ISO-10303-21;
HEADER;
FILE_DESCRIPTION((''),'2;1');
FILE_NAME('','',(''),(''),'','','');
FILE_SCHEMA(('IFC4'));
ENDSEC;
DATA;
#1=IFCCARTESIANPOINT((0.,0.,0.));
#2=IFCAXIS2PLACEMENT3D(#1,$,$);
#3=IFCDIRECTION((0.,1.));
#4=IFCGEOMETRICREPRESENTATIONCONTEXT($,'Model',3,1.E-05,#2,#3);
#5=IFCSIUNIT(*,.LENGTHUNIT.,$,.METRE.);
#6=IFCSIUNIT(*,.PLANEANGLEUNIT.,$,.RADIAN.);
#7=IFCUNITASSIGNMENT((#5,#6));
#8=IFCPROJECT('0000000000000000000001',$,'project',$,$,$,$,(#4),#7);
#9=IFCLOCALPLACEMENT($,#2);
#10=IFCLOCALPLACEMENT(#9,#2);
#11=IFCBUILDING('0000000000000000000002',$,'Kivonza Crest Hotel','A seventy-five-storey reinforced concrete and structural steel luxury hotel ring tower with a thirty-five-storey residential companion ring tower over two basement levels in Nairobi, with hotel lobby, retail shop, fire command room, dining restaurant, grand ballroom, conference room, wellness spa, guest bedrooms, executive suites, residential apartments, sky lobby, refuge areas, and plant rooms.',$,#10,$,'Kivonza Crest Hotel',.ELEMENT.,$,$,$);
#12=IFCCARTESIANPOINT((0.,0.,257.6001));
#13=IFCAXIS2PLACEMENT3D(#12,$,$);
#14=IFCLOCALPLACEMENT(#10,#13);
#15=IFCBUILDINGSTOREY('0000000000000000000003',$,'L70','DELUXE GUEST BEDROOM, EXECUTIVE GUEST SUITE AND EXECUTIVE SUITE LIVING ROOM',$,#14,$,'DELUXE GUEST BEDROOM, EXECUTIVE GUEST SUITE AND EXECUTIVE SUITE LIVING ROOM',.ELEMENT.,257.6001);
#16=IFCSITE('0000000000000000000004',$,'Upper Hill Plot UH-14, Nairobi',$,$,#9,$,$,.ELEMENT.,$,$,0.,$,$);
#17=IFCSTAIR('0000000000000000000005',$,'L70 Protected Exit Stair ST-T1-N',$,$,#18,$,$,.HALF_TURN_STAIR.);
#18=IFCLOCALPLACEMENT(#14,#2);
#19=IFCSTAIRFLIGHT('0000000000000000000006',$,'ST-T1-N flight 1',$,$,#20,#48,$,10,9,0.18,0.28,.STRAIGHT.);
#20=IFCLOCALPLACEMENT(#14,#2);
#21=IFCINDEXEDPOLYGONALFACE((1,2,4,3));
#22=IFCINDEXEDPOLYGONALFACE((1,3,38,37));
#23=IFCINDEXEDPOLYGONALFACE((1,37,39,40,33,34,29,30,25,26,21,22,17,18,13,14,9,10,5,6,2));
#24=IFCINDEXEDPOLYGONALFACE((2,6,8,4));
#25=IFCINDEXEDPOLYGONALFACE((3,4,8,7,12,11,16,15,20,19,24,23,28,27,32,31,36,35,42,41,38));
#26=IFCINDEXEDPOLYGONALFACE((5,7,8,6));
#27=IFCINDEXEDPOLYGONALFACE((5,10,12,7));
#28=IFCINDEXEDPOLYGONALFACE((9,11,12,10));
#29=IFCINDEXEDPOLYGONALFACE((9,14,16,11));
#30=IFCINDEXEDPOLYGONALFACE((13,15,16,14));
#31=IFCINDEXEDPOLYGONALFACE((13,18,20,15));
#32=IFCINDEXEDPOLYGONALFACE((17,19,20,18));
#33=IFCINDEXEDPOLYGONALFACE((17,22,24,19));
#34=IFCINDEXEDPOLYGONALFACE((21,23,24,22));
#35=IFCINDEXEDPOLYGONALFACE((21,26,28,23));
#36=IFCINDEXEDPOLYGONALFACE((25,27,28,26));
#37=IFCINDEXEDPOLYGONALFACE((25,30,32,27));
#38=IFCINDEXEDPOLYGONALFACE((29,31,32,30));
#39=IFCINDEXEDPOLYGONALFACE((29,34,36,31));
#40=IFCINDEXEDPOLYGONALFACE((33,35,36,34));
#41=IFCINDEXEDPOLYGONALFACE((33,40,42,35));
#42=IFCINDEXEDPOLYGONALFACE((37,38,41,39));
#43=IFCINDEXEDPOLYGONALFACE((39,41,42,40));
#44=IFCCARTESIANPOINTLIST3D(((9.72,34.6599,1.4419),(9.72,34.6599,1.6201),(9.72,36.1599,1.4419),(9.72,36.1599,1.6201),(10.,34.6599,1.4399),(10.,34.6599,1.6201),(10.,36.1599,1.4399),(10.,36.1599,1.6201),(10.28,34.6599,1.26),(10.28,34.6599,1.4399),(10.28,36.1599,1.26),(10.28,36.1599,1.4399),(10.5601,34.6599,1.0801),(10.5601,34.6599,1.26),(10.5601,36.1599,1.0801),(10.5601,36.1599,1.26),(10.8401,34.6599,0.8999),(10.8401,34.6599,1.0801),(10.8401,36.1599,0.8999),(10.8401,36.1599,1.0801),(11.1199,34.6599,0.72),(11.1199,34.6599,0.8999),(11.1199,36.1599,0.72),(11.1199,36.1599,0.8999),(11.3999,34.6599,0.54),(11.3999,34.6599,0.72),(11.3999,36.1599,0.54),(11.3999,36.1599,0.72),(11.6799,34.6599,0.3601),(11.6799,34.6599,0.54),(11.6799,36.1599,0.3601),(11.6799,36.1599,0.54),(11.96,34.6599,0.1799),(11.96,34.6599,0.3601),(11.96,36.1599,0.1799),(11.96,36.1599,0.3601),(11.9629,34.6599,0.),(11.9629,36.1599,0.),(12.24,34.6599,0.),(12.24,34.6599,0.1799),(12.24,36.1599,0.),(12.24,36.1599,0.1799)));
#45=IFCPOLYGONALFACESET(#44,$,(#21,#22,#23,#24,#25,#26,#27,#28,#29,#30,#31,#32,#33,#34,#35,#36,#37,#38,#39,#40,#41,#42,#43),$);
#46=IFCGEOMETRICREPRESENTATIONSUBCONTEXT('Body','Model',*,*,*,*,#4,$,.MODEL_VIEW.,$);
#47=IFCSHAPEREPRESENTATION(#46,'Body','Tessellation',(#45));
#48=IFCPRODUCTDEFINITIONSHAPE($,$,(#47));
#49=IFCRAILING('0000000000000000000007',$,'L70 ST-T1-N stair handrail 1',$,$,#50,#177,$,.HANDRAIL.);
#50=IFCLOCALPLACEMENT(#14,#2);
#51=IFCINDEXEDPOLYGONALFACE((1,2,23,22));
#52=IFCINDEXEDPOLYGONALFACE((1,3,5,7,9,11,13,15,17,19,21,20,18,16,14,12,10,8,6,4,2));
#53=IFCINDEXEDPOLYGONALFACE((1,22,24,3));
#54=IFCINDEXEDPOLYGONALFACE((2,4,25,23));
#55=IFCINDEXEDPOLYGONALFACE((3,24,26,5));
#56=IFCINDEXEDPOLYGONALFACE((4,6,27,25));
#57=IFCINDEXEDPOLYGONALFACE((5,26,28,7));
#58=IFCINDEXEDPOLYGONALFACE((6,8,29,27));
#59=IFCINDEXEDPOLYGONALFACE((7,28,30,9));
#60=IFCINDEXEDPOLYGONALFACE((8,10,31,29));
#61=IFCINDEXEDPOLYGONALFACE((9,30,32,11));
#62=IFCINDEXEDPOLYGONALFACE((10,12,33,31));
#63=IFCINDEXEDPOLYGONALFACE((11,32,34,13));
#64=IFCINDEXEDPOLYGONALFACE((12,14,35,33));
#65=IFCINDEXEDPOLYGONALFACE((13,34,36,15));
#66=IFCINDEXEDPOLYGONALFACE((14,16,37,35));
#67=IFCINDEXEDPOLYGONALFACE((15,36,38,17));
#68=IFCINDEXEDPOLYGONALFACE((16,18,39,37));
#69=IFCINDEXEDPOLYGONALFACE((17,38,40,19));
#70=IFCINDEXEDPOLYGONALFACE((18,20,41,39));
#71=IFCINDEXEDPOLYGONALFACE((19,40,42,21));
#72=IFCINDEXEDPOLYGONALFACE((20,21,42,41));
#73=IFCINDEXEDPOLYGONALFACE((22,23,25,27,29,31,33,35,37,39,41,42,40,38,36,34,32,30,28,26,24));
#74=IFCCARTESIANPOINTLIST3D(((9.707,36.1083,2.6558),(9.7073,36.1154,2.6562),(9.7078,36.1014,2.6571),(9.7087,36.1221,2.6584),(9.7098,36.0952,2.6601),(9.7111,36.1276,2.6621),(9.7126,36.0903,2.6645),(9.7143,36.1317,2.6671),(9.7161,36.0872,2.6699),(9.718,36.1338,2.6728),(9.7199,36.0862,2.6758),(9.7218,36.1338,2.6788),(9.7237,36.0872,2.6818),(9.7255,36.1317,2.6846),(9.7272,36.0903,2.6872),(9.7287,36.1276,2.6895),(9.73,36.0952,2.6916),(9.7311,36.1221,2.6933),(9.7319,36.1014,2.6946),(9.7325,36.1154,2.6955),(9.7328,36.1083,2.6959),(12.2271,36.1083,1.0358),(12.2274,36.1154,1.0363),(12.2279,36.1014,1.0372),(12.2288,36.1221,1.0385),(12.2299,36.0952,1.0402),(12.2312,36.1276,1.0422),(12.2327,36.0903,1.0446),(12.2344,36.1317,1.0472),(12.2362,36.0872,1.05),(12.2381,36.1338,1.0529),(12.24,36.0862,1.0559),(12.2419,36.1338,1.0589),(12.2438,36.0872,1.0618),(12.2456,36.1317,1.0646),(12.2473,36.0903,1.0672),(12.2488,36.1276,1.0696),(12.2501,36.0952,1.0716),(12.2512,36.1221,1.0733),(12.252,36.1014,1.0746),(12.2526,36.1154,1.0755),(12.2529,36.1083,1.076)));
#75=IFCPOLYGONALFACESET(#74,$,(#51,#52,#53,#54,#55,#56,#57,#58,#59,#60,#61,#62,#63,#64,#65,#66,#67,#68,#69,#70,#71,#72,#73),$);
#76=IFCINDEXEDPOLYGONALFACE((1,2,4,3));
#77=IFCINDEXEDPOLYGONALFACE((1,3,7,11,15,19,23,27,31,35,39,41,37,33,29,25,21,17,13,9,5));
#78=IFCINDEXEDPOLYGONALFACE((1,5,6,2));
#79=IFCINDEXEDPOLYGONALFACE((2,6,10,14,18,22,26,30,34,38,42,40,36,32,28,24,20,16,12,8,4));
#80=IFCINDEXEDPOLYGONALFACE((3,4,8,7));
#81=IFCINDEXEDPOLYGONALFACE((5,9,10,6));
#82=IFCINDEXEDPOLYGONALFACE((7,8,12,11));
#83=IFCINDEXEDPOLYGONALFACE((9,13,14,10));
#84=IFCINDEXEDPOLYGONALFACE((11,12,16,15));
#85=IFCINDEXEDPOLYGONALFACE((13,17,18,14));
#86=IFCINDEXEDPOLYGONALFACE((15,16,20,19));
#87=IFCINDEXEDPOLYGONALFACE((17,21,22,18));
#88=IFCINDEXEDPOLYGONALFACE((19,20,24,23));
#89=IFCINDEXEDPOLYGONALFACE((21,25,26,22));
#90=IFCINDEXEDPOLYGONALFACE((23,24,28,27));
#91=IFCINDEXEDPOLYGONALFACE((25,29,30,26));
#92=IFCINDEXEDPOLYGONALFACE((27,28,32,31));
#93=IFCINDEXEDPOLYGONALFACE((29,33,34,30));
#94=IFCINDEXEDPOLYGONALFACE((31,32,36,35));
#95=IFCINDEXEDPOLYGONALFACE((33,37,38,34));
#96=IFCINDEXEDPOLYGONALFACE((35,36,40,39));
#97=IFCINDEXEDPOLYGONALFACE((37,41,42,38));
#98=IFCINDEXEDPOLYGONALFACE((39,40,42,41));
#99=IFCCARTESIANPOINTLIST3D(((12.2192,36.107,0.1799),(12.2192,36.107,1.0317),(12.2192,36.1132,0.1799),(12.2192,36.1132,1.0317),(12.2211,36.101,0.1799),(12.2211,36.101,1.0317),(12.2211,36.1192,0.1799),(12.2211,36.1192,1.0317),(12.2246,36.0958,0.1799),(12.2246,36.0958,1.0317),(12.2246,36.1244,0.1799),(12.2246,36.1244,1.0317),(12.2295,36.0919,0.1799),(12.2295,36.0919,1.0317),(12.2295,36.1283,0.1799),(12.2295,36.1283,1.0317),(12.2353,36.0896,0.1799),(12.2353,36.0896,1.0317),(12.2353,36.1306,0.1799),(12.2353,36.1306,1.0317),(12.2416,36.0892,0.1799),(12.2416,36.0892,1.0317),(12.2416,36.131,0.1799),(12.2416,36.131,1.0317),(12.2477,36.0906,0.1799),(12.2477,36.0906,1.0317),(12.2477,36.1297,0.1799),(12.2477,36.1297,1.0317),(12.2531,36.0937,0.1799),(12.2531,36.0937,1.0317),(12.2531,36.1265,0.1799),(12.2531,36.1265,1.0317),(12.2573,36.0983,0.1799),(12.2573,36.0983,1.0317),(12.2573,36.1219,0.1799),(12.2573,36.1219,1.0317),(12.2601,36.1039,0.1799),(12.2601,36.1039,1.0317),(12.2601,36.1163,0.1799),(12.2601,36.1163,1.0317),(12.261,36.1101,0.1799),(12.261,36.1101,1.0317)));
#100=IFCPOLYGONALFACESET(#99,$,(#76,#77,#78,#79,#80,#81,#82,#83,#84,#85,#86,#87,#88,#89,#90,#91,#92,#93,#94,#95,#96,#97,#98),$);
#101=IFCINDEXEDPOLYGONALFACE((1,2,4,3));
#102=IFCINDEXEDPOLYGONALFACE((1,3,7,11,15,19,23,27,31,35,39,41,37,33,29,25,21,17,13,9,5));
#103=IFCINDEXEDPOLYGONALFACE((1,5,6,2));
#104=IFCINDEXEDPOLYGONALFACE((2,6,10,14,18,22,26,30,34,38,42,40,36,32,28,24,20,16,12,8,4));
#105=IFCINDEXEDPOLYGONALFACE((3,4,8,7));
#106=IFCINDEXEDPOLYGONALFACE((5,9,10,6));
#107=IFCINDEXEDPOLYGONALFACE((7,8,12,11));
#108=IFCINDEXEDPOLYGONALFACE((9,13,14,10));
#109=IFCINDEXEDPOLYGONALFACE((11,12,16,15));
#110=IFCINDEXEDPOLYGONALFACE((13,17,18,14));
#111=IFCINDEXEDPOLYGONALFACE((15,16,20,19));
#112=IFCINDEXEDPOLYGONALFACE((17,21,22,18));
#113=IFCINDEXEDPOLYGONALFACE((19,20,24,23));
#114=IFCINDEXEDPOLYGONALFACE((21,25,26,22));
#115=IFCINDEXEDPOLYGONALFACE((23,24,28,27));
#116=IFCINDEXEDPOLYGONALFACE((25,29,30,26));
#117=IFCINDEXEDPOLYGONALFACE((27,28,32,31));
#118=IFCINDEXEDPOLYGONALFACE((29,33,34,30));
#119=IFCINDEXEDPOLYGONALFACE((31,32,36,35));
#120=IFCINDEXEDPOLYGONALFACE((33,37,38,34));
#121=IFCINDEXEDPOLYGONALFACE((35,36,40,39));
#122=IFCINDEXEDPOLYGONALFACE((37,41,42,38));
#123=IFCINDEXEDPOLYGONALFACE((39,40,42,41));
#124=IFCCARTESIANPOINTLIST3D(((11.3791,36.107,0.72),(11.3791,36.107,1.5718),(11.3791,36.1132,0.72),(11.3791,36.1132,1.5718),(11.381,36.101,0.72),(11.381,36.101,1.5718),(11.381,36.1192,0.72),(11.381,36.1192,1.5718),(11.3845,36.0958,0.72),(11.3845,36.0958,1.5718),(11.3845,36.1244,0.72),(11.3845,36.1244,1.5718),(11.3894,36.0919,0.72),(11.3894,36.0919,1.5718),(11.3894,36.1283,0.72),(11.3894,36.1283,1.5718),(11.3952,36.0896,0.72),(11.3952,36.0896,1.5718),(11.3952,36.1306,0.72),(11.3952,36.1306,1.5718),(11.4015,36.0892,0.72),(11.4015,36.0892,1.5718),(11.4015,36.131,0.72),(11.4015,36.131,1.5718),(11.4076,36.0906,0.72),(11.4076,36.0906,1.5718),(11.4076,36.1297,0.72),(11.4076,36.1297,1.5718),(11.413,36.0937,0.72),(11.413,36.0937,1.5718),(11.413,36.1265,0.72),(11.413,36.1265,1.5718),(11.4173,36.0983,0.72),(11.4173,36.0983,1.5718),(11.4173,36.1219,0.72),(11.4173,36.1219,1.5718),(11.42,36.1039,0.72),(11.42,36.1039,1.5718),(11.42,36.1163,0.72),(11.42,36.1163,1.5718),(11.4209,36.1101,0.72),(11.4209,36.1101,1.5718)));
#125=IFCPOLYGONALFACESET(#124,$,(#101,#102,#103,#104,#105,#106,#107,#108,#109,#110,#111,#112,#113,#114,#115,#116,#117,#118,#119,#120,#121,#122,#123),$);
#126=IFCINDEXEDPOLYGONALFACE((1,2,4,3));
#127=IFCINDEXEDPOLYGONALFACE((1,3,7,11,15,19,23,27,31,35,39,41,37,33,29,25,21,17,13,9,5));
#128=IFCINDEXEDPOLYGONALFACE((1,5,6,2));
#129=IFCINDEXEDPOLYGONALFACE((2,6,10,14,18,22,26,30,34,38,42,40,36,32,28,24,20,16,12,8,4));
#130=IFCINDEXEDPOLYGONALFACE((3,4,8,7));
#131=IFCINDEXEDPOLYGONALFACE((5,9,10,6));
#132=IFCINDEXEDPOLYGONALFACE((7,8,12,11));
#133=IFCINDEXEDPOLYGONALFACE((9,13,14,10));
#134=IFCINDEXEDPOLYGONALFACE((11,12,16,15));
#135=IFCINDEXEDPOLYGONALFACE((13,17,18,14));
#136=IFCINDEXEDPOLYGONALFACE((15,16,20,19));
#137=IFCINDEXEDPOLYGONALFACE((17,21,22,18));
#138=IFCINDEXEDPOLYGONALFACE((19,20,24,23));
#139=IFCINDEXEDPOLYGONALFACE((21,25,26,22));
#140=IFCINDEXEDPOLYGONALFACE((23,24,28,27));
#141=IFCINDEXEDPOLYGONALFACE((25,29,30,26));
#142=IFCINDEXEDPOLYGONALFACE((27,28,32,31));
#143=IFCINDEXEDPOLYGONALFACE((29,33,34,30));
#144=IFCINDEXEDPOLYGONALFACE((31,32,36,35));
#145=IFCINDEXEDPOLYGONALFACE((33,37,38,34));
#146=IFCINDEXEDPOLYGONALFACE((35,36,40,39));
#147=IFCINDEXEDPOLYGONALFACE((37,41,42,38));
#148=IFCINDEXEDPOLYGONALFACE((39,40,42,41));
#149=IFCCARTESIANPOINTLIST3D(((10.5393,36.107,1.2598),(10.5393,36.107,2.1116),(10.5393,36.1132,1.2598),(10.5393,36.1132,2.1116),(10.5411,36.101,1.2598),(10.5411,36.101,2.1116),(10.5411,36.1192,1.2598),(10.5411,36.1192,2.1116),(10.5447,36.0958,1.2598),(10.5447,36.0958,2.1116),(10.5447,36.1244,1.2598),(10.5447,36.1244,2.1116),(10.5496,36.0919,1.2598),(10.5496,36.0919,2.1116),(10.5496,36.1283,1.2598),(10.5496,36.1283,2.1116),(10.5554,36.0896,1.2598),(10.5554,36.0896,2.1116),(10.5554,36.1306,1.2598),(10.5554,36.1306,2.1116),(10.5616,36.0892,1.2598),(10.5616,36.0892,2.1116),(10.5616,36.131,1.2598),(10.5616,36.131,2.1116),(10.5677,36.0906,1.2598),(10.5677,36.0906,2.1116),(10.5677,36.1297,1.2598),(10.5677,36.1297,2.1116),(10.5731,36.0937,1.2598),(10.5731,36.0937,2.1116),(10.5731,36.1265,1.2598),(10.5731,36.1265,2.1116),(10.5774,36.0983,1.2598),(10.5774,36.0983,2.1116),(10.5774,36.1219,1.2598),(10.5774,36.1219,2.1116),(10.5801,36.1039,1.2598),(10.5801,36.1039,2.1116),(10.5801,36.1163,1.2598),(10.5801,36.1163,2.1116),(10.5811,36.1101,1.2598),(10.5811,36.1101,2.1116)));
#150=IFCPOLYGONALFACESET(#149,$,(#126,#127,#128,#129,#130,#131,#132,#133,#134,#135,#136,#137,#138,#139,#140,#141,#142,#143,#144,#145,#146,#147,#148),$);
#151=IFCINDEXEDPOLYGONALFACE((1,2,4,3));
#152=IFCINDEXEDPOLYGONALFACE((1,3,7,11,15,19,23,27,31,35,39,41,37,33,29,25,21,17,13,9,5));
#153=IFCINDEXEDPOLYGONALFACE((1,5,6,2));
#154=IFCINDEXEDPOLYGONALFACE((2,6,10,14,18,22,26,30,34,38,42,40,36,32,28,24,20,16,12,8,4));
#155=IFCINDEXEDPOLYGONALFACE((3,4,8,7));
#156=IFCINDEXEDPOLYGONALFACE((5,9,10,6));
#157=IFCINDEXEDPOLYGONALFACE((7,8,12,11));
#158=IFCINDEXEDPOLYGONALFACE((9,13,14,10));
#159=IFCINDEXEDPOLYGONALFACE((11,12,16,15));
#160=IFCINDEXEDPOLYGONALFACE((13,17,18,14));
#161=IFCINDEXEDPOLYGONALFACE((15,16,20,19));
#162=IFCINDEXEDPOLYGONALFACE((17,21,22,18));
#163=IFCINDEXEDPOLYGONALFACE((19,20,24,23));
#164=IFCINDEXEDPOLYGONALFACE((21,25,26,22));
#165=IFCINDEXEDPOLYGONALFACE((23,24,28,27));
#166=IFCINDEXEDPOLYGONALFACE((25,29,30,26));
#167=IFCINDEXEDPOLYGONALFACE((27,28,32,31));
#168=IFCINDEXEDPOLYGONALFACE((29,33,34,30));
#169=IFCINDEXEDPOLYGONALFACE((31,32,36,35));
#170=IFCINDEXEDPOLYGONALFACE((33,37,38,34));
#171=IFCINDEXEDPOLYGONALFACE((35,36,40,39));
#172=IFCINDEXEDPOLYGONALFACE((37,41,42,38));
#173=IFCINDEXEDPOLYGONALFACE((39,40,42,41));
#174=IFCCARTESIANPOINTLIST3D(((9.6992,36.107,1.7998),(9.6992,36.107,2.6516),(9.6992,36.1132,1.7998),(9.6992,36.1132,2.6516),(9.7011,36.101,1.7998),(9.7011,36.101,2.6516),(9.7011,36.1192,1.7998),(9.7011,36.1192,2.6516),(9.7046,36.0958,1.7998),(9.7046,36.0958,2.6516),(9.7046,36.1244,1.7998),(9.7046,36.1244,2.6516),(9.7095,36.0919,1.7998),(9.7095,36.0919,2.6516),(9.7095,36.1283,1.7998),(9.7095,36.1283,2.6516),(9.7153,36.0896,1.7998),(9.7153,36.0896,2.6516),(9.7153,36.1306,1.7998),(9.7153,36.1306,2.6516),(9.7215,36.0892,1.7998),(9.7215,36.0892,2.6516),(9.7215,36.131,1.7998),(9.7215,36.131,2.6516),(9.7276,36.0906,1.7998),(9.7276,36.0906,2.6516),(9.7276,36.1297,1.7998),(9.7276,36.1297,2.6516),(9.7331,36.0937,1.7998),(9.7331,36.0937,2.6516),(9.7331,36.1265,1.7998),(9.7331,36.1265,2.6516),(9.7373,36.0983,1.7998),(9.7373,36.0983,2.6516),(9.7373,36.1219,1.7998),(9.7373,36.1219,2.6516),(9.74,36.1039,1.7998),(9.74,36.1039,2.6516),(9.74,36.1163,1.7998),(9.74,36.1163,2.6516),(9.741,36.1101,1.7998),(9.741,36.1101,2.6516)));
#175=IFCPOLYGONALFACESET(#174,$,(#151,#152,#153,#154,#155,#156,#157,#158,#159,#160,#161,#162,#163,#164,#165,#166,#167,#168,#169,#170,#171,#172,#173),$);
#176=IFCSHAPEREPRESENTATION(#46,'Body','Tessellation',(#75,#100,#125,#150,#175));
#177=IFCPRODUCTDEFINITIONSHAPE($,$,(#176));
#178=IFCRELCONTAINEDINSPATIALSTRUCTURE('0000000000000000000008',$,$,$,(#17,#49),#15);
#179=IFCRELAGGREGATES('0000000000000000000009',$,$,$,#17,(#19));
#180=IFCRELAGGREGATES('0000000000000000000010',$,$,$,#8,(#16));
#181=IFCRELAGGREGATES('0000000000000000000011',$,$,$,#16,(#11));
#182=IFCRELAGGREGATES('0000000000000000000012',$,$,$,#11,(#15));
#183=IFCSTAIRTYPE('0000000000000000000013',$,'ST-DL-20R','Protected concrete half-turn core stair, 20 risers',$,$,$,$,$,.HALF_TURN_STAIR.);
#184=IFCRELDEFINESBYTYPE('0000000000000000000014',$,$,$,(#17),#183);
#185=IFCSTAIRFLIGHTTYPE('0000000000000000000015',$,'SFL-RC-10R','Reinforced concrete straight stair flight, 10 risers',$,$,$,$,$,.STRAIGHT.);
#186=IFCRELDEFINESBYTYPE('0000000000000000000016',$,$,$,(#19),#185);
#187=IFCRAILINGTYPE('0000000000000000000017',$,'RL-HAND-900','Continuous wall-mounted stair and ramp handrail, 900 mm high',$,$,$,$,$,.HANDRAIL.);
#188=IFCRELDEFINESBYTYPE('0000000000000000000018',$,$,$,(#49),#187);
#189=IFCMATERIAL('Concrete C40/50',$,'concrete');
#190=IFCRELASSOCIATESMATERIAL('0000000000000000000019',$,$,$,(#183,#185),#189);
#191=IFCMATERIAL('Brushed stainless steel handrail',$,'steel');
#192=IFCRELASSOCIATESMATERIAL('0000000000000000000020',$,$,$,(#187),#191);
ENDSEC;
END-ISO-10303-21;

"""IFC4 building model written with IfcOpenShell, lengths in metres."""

from ifc_helpers import new_model, si_unit, direction, frame, origin, origin_2d, place, context, subcontext, project, spatial, polyline, circle, outline, extrude, material, type_object, element, aggregate, save


model = new_model("IFC4")

# Units and contexts
model_context = context("Model", 3, precision=1e-05, world=origin(), true_north=direction((0.0, 1.0)))
body_context = subcontext(model_context, "Body", "Model", "MODEL_VIEW")
ifc_project = project(units=[si_unit("LENGTHUNIT", "METRE"), si_unit("PLANEANGLEUNIT", "RADIAN")], contexts=[model_context])

# Site, building, storey
site_placement = place(None, origin())
site = spatial("IfcSite", under=ifc_project, at=site_placement, Name="Upper Hill Plot UH-14, Nairobi", CompositionType="ELEMENT", RefElevation=0.0)
building_placement = place(site_placement, origin())
building = spatial("IfcBuilding", under=site, at=building_placement, Name="Kivonza Crest Hotel", Description="A seventy-five-storey reinforced concrete and structural steel luxury hotel ring tower with a thirty-five-storey residential companion ring tower over two basement levels in Nairobi, with hotel lobby, retail shop, fire command room, dining restaurant, grand ballroom, conference room, wellness spa, guest bedrooms, executive suites, residential apartments, sky lobby, refuge areas, and plant rooms.", LongName="Kivonza Crest Hotel", CompositionType="ELEMENT")
storey_placement = place(building_placement, frame((0.0, 0.0, 257.6001)))
storey = spatial("IfcBuildingStorey", under=building, at=storey_placement, Name="L70", Description="DELUXE GUEST BEDROOM, EXECUTIVE GUEST SUITE AND EXECUTIVE SUITE LIVING ROOM", LongName="DELUXE GUEST BEDROOM, EXECUTIVE GUEST SUITE AND EXECUTIVE SUITE LIVING ROOM", CompositionType="ELEMENT", Elevation=257.6001)

# Stair, stair flight
ifc_material_1 = material(Name="Concrete C40/50", Category="concrete")
stair_type = type_object("IfcStairType", Name="ST-DL-20R", Description="Protected concrete half-turn core stair, 20 risers", PredefinedType="HALF_TURN_STAIR", material=ifc_material_1)
stair_placement = place(storey_placement, origin())
stair = element("IfcStair", 1, at=stair_placement, inside=storey, type_object=stair_type, Name="L70 Protected Exit Stair ST-T1-N", PredefinedType="HALF_TURN_STAIR")
stair_flight_type = type_object("IfcStairFlightType", Name="SFL-RC-10R", Description="Reinforced concrete straight stair flight, 10 risers", PredefinedType="STRAIGHT", material=ifc_material_1)
stair_flight_placement = place(storey_placement, frame((12.24, 35.4099, 0.0), z_axis=(0.0, 0.0, 1.0), x_axis=(-1.0, 0.0, 0.0)))
stair_flight = element("IfcStairFlight", 2, at=stair_flight_placement, type_object=stair_flight_type, Name="ST-T1-N flight 1", NumberOfRisers=10, NumberOfTreads=9, PredefinedType="STRAIGHT", RiserHeight=0.18, TreadLength=0.28, context=body_context, shape_type="SweptSolid", body=[
    extrude(outline(polyline([(0.0, 0.0), (0.0, 0.1799), (0.28, 0.1799), (0.28, 0.3601), (0.5601, 0.3601), (0.5601, 0.54), (0.8401, 0.54), (0.8401, 0.72), (1.1201, 0.72), (1.1201, 0.8999), (1.3999, 0.8999), (1.3999, 1.0801), (1.6799, 1.0801), (1.6799, 1.26), (1.96, 1.26), (1.96, 1.4399), (2.24, 1.4399), (2.24, 1.6201), (2.52, 1.6201), (2.52, 1.8), (2.52, 1.4419), (0.2771, 0.0), (0.0, 0.0)])), frame((0.0, 0.75, 0.0), z_axis=(0.0, -1.0, 0.0), x_axis=(1.0, 0.0, 0.0)), (0.0, 0.0, 1.0), 1.5),
])
aggregate(stair, [stair_flight])

# Railing
ifc_material_2 = material(Name="Brushed stainless steel handrail", Category="steel")
railing_type_1 = type_object("IfcRailingType", Name="RL-HAND-900", Description="Continuous wall-mounted stair and ramp handrail, 900 mm high", PredefinedType="HANDRAIL", material=ifc_material_2)
railing_1_placement = place(storey_placement, frame((12.24, 36.1101, 0.1799)))
element("IfcRailing", 3, at=railing_1_placement, inside=storey, type_object=railing_type_1, Name="L70 ST-T1-N stair handrail 1", PredefinedType="HANDRAIL", context=body_context, shape_type="SweptSolid", body=[
    extrude(circle(Radius=0.0239, at=origin_2d()), frame((0.0, 0.0, 0.876), z_axis=(-0.8412, 0.0, 0.540725), x_axis=(0.0, -1.0, 0.0)), (0.0, 0.0, 1.0), 2.9958),
    extrude(circle(Radius=0.021, at=origin_2d()), origin(), (0.0, 0.0, 1.0), 0.8518),
    extrude(circle(Radius=0.021, at=origin_2d()), frame((-0.8401, 0.0, 0.54)), (0.0, 0.0, 1.0), 0.8518),
    extrude(circle(Radius=0.021, at=origin_2d()), frame((-1.6799, 0.0, 1.0798)), (0.0, 0.0, 1.0), 0.8518),
    extrude(circle(Radius=0.021, at=origin_2d()), frame((-2.52, 0.0, 1.6199)), (0.0, 0.0, 1.0), 0.8518),
])

save(model, "model.ifc")
